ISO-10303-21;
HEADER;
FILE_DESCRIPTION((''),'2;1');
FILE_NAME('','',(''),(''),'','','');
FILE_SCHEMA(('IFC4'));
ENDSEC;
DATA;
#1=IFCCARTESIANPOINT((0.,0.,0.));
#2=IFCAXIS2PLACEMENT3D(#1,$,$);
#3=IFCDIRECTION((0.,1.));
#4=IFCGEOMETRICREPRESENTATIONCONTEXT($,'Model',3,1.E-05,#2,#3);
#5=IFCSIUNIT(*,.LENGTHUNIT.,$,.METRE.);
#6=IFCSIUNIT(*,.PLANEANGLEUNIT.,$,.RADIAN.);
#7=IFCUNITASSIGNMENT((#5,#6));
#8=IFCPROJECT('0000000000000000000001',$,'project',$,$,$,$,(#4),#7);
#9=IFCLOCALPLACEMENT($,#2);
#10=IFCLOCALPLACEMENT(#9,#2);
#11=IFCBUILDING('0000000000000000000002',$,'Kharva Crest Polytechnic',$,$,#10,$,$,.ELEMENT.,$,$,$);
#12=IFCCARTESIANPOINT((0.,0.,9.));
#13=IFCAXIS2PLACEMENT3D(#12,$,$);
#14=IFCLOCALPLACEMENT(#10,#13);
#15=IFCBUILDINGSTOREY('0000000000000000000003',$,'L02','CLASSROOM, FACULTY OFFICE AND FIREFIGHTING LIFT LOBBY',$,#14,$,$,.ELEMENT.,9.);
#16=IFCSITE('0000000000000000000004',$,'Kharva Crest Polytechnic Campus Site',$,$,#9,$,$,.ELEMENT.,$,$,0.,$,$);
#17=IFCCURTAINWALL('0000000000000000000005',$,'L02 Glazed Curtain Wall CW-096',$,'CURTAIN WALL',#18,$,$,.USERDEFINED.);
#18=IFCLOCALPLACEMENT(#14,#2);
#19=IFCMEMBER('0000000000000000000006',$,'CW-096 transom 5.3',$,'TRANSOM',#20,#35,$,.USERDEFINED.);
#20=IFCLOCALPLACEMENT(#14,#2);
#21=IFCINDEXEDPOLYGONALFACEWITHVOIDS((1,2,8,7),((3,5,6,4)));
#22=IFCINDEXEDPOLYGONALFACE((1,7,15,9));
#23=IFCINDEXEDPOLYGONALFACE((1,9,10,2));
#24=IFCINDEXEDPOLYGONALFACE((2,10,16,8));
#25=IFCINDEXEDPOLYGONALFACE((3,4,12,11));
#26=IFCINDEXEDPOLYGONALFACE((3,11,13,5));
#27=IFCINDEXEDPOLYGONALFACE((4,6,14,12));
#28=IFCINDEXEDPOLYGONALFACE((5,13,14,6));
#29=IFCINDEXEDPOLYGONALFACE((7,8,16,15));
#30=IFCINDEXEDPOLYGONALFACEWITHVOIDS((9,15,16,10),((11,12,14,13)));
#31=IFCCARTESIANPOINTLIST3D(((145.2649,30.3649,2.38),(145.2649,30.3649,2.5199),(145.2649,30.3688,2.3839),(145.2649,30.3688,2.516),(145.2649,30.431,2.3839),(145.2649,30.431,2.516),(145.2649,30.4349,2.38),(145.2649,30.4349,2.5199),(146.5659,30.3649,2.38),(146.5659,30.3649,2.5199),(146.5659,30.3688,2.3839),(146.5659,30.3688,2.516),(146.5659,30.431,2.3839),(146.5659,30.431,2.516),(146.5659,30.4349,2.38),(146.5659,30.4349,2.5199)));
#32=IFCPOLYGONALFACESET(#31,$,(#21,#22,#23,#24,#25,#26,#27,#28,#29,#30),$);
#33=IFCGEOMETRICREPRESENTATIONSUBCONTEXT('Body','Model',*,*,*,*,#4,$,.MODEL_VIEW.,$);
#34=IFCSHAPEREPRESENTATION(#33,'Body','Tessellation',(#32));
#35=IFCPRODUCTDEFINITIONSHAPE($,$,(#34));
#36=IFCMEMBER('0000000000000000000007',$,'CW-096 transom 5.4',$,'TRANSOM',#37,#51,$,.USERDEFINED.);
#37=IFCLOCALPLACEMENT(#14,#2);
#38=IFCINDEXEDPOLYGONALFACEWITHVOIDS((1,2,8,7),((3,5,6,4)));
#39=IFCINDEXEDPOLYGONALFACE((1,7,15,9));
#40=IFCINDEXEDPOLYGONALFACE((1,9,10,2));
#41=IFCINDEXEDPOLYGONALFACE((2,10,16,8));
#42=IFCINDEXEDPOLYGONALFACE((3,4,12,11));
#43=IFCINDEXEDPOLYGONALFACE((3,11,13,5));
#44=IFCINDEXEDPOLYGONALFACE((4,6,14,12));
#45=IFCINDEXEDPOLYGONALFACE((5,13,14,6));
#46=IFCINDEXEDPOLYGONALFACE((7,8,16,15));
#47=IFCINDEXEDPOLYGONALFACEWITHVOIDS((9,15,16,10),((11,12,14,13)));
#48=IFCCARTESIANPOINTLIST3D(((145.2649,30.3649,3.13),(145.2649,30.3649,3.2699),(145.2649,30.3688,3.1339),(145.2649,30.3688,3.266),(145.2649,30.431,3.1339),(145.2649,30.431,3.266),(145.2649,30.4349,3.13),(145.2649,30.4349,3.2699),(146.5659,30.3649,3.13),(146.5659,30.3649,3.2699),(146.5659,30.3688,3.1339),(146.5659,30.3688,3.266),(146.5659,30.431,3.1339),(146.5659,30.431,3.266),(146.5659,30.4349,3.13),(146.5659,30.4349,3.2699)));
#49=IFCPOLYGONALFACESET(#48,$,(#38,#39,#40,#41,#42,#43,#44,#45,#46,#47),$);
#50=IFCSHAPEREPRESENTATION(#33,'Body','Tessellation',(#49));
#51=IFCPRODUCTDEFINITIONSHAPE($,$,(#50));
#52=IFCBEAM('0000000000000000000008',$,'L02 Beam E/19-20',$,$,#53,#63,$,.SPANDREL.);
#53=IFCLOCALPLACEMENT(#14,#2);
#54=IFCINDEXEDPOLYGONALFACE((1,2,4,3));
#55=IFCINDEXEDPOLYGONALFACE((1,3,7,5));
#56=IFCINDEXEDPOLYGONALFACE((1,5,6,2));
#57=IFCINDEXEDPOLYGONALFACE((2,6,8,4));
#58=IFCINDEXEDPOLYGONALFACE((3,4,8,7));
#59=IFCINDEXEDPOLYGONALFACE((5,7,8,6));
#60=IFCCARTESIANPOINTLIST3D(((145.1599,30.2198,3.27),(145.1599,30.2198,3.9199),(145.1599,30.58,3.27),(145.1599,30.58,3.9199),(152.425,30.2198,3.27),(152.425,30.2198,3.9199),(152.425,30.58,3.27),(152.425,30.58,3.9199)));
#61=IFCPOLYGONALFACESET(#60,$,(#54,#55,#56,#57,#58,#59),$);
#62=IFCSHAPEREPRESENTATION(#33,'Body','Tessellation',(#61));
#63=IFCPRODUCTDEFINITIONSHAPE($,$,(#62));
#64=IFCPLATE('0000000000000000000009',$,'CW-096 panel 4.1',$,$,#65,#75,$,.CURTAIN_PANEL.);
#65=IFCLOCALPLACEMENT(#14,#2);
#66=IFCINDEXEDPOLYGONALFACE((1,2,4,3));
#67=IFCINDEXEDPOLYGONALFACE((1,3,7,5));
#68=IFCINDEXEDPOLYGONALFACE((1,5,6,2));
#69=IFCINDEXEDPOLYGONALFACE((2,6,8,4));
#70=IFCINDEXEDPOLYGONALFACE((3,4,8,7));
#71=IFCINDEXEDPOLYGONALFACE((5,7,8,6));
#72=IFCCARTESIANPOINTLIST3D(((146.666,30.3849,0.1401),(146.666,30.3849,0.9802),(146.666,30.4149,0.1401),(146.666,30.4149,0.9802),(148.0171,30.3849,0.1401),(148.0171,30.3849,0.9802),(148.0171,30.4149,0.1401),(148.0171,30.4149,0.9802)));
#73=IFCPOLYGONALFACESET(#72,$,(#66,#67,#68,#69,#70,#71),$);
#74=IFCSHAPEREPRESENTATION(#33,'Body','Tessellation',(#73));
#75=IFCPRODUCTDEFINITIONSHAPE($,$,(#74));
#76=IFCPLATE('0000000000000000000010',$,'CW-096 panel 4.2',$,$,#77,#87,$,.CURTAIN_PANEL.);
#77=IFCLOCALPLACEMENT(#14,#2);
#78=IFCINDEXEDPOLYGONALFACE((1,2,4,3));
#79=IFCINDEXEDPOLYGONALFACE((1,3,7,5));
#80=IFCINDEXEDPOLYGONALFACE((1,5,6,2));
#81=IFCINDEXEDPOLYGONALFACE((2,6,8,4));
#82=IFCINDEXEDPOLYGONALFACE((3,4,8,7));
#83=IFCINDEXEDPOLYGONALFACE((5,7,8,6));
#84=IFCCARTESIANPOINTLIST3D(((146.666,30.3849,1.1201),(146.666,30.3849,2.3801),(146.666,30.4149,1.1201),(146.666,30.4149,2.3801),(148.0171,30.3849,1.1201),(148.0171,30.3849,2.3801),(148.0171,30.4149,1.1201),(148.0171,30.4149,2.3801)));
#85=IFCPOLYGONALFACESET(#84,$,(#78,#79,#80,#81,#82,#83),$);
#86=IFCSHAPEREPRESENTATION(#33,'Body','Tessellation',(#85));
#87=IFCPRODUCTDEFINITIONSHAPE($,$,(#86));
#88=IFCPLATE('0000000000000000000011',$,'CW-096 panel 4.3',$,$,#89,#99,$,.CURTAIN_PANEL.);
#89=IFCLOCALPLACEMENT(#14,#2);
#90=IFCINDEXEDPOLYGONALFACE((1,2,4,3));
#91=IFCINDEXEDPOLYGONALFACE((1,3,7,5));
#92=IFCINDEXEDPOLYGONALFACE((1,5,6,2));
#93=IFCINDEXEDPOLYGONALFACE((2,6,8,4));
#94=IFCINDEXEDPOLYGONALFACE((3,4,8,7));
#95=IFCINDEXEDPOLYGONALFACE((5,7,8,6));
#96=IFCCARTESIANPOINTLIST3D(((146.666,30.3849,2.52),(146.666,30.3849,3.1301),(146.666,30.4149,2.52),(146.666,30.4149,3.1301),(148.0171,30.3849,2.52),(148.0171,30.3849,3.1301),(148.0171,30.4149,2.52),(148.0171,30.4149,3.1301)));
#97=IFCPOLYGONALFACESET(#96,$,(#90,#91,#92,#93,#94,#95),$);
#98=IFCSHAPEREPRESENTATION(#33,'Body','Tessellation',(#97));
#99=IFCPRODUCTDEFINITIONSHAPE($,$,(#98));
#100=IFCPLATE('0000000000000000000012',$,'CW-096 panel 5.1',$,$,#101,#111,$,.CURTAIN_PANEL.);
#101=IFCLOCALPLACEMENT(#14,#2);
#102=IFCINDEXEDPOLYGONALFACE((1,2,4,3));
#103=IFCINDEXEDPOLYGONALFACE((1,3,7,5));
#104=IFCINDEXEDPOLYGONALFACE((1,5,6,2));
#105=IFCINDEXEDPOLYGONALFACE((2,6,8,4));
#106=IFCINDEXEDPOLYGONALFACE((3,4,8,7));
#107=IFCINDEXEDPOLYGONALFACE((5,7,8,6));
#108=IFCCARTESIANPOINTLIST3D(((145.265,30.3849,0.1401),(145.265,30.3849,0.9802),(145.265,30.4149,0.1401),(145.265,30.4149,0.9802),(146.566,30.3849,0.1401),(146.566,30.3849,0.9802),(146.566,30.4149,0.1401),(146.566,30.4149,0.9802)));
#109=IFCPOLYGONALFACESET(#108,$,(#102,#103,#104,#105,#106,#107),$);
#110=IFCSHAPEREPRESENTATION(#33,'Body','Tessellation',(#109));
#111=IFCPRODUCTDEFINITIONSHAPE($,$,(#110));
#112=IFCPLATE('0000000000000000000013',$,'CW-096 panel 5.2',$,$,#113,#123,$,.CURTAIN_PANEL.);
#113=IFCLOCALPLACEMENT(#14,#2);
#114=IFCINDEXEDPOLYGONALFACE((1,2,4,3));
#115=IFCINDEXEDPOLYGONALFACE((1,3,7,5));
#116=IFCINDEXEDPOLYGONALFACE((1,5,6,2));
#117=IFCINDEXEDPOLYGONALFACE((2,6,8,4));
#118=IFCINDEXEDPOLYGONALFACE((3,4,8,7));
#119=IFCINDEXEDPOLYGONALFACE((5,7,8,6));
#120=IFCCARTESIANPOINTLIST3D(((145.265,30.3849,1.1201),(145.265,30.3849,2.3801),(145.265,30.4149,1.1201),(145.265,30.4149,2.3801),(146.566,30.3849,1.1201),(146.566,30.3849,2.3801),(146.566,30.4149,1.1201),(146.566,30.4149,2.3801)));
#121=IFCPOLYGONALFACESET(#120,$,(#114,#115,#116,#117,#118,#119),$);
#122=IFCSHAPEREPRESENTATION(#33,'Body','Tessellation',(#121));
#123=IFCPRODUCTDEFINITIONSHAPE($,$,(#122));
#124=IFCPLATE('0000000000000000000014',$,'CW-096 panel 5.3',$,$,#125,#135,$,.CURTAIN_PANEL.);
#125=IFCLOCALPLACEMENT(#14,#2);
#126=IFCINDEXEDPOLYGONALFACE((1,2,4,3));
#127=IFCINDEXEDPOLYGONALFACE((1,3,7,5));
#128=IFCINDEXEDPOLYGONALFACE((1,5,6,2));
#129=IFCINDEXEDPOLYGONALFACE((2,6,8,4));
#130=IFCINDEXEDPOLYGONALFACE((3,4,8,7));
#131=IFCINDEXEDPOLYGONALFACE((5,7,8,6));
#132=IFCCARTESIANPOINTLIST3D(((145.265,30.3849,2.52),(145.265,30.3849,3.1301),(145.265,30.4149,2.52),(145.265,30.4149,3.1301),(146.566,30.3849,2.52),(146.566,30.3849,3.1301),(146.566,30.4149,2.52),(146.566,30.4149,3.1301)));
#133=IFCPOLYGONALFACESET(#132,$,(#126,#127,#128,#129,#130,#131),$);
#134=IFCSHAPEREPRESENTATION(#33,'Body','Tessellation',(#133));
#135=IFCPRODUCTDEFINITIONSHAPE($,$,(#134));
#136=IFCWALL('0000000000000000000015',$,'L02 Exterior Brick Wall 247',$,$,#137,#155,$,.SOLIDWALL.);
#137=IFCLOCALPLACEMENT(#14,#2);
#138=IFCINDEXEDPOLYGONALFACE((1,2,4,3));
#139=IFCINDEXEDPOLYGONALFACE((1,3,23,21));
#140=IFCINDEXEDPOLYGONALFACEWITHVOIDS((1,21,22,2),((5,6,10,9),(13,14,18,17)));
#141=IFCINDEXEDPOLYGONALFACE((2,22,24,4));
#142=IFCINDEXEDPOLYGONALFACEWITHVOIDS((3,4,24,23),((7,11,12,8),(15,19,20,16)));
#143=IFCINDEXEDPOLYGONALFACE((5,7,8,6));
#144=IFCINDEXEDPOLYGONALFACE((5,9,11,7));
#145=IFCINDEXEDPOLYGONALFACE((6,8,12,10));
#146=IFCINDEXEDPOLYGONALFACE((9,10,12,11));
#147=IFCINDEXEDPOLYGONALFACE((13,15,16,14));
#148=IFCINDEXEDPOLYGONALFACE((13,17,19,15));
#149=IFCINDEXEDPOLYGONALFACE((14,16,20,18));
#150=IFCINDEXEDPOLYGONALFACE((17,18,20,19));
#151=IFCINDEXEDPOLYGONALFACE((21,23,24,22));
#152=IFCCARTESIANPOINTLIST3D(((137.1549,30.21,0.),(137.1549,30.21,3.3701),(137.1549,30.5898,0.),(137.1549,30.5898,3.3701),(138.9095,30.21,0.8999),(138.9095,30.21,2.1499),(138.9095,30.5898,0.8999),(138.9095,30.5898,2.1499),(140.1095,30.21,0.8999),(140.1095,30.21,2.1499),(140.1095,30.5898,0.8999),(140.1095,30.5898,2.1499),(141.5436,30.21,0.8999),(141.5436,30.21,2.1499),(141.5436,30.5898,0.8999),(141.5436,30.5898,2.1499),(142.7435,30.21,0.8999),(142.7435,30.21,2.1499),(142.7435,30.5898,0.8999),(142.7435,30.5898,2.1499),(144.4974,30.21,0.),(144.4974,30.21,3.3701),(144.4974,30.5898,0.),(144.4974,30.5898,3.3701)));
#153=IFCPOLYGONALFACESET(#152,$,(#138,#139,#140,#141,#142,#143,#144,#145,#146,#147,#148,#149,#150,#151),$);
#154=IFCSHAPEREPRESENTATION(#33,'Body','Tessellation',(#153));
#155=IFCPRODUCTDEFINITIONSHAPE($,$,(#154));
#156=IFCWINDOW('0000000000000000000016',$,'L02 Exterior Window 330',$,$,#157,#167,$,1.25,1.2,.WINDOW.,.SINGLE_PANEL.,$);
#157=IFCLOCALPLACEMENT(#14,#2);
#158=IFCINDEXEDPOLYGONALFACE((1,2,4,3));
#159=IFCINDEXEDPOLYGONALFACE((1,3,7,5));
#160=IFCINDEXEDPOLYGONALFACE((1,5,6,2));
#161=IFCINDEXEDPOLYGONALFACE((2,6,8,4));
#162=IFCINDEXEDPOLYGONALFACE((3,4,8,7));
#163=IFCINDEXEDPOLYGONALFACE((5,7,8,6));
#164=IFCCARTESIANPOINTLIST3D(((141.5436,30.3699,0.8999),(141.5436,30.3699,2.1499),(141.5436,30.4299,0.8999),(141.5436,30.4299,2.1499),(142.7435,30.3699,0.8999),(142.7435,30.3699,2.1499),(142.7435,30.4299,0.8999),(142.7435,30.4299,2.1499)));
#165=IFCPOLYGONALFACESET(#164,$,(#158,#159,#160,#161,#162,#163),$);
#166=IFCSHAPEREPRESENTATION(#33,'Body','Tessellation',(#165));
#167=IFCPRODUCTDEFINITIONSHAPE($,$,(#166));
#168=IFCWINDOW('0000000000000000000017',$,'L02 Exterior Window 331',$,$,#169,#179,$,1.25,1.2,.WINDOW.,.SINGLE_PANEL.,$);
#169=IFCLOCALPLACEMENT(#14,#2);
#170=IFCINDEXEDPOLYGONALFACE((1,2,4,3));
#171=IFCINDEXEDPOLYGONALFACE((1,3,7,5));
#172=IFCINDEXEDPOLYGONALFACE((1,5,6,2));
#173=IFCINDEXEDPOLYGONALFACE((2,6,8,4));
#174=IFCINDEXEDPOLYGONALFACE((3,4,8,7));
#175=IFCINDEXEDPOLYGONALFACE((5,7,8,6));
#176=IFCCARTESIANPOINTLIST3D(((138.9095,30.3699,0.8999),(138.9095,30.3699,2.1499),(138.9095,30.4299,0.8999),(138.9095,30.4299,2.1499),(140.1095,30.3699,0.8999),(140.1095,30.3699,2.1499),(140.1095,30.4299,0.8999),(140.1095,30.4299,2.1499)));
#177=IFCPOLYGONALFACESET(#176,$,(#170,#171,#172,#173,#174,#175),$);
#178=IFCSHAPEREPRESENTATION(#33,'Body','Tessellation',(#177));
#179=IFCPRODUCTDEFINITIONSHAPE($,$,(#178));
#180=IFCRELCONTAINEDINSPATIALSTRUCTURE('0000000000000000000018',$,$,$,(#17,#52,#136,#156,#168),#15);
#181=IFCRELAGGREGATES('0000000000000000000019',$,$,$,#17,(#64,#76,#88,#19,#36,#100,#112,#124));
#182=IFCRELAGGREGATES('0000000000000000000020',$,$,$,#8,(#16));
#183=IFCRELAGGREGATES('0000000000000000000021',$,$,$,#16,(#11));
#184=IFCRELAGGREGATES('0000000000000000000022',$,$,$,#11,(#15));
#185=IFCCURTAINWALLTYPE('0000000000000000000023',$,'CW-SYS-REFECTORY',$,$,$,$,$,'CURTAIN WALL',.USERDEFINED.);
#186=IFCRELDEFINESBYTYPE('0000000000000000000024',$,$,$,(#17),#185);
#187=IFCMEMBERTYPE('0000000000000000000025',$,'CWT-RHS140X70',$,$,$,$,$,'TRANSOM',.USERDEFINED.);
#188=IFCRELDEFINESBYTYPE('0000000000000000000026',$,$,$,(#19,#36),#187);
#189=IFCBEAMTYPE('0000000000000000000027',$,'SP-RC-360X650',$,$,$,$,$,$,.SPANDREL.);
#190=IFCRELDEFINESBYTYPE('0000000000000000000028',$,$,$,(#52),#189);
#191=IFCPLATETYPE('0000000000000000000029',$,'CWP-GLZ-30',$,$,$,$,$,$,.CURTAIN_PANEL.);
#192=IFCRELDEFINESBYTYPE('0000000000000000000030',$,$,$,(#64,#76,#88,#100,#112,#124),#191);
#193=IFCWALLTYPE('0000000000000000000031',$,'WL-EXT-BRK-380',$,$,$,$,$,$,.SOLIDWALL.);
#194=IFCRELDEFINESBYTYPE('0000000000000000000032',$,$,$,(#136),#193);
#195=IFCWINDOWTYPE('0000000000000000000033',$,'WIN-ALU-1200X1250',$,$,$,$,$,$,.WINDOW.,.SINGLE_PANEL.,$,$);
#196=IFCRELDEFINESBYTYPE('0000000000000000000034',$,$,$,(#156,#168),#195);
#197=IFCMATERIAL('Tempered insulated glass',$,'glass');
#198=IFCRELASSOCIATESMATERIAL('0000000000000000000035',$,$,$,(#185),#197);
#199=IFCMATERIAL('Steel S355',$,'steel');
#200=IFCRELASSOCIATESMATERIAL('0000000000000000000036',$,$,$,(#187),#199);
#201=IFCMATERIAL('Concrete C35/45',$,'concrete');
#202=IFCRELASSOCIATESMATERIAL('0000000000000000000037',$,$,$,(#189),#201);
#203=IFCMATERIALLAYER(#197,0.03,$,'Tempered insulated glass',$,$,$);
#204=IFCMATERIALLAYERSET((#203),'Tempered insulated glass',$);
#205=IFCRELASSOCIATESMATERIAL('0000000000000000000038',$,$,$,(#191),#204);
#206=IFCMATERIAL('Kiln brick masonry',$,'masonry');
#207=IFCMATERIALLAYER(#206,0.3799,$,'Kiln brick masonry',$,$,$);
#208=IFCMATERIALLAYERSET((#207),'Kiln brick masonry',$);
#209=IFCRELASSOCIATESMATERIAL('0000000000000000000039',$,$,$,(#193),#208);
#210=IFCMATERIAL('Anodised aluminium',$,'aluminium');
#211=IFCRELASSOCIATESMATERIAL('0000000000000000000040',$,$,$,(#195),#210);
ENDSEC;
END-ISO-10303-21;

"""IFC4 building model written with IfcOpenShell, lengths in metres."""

from ifc_helpers import new_model, si_unit, direction, frame, frame_2d, origin, origin_2d, place, context, subcontext, project, spatial, rectangle, hollow_rectangle, extrude, material, layer, layer_set, material_profile, profile_set, type_object, element, fill, aggregate, save


model = new_model("IFC4")

# Units and contexts
model_context = context("Model", 3, precision=1e-05, world=origin(), true_north=direction((0.0, 1.0)))
body_context = subcontext(model_context, "Body", "Model", "MODEL_VIEW")
ifc_project = project(units=[si_unit("LENGTHUNIT", "METRE"), si_unit("PLANEANGLEUNIT", "RADIAN")], contexts=[model_context])

# Site, building, storey
site_placement = place(None, origin())
site = spatial("IfcSite", under=ifc_project, at=site_placement, Name="Kharva Crest Polytechnic Campus Site", CompositionType="ELEMENT", RefElevation=0.0)
building_placement = place(site_placement, origin())
building = spatial("IfcBuilding", under=site, at=building_placement, Name="Kharva Crest Polytechnic", CompositionType="ELEMENT")
storey_placement = place(building_placement, frame((0.0, 0.0, 9.0)))
storey = spatial("IfcBuildingStorey", under=building, at=storey_placement, Name="L02", Description="CLASSROOM, FACULTY OFFICE AND FIREFIGHTING LIFT LOBBY", CompositionType="ELEMENT", Elevation=9.0)

# Shared definitions
ifc_material_1 = material(Name="Concrete C35/45", Category="concrete")

# Curtain wall, members
ifc_material_2 = material(Name="Tempered insulated glass", Category="glass")
curtain_wall_type = type_object("IfcCurtainWallType", Name="CW-SYS-REFECTORY", ElementType="CURTAIN WALL", PredefinedType="USERDEFINED", material=ifc_material_2)
curtain_wall_placement = place(storey_placement, origin())
curtain_wall = element("IfcCurtainWall", 1, at=curtain_wall_placement, inside=storey, type_object=curtain_wall_type, Name="L02 Glazed Curtain Wall CW-096", ObjectType="CURTAIN WALL", PredefinedType="USERDEFINED")
ifc_material_3 = material(Name="Steel S355", Category="steel")
ifc_material_profile_1 = material_profile(ifc_material_3, hollow_rectangle(XDim=0.0701, YDim=0.1399, WallThickness=0.0039, at=origin_2d()), Name="RHS 140X70X4.0")
ifc_profile_set_1 = profile_set([ifc_material_profile_1], Name="Steel S355")
member_type_1 = type_object("IfcMemberType", Name="CWT-RHS140X70", ElementType="TRANSOM", PredefinedType="USERDEFINED", material=ifc_profile_set_1)
member_1_placement = place(storey_placement, frame((146.5659, 30.3999, 2.45), z_axis=(-1.0, 0.0, 0.0), x_axis=(0.0, -1.0, 0.0)))
member_1 = element("IfcMember", 2, at=member_1_placement, type_object=member_type_1, Name="CW-096 transom 5.3", ObjectType="TRANSOM", PredefinedType="USERDEFINED", context=body_context, shape_type="SweptSolid", body=[
    extrude(hollow_rectangle(XDim=0.0701, YDim=0.1399, WallThickness=0.0039, at=origin_2d()), origin(), (0.0, 0.0, 1.0), 1.301),
])
member_2_placement = place(storey_placement, frame((146.5659, 30.3999, 3.2), z_axis=(-1.0, 0.0, 0.0), x_axis=(0.0, -1.0, 0.0)))
member_2 = element("IfcMember", 3, at=member_2_placement, type_object=member_type_1, Name="CW-096 transom 5.4", ObjectType="TRANSOM", PredefinedType="USERDEFINED", context=body_context, shape_type="SweptSolid", body=[
    extrude(hollow_rectangle(XDim=0.0701, YDim=0.1399, WallThickness=0.0039, at=origin_2d()), origin(), (0.0, 0.0, 1.0), 1.301),
])

# Beam
ifc_material_profile_2 = material_profile(ifc_material_1, rectangle(XDim=0.3601, YDim=0.6499, at=origin_2d()), Name="RECT 360 X 650")
ifc_profile_set_2 = profile_set([ifc_material_profile_2], Name="Concrete C35/45")
beam_type_1 = type_object("IfcBeamType", Name="SP-RC-360X650", PredefinedType="SPANDREL", material=ifc_profile_set_2)
beam_1_placement = place(storey_placement, frame((145.1599, 30.3999, 3.595), z_axis=(1.0, 0.0, 0.0), x_axis=(0.0, 1.0, 0.0)))
element("IfcBeam", 4, at=beam_1_placement, inside=storey, type_object=beam_type_1, Name="L02 Beam E/19-20", PredefinedType="SPANDREL", context=body_context, shape_type="SweptSolid", body=[
    extrude(rectangle(XDim=0.3601, YDim=0.6499, at=origin_2d()), origin(), (0.0, 0.0, 1.0), 7.2651),
])

# Plates
ifc_layer_1 = layer(ifc_material_2, 0.03, Name="Tempered insulated glass")
ifc_layer_set_1 = layer_set([ifc_layer_1], Name="Tempered insulated glass")
plate_type = type_object("IfcPlateType", Name="CWP-GLZ-30", PredefinedType="CURTAIN_PANEL", material=ifc_layer_set_1)
plate_1_placement = place(storey_placement, frame((147.3416, 30.3999, 0.1401), z_axis=(0.0, 0.0, 1.0), x_axis=(-1.0, 0.0, 0.0)))
plate_1 = element("IfcPlate", 5, at=plate_1_placement, type_object=plate_type, Name="CW-096 panel 4.1", PredefinedType="CURTAIN_PANEL", context=body_context, shape_type="SweptSolid", body=[
    extrude(rectangle(XDim=1.3511, YDim=0.03, at=origin_2d()), origin(), (0.0, 0.0, 1.0), 0.8401),
])
plate_2_placement = place(storey_placement, frame((147.3416, 30.3999, 1.1201), z_axis=(0.0, 0.0, 1.0), x_axis=(-1.0, 0.0, 0.0)))
plate_2 = element("IfcPlate", 6, at=plate_2_placement, type_object=plate_type, Name="CW-096 panel 4.2", PredefinedType="CURTAIN_PANEL", context=body_context, shape_type="SweptSolid", body=[
    extrude(rectangle(XDim=1.3511, YDim=0.03, at=origin_2d()), origin(), (0.0, 0.0, 1.0), 1.26),
])
plate_3_placement = place(storey_placement, frame((147.3416, 30.3999, 2.52), z_axis=(0.0, 0.0, 1.0), x_axis=(-1.0, 0.0, 0.0)))
plate_3 = element("IfcPlate", 7, at=plate_3_placement, type_object=plate_type, Name="CW-096 panel 4.3", PredefinedType="CURTAIN_PANEL", context=body_context, shape_type="SweptSolid", body=[
    extrude(rectangle(XDim=1.3511, YDim=0.03, at=origin_2d()), origin(), (0.0, 0.0, 1.0), 0.6101),
])
plate_4_placement = place(storey_placement, frame((145.9155, 30.3999, 0.1401), z_axis=(0.0, 0.0, 1.0), x_axis=(-1.0, 0.0, 0.0)))
plate_4 = element("IfcPlate", 8, at=plate_4_placement, type_object=plate_type, Name="CW-096 panel 5.1", PredefinedType="CURTAIN_PANEL", context=body_context, shape_type="SweptSolid", body=[
    extrude(rectangle(XDim=1.301, YDim=0.03, at=origin_2d()), origin(), (0.0, 0.0, 1.0), 0.8401),
])
plate_5_placement = place(storey_placement, frame((145.9155, 30.3999, 1.1201), z_axis=(0.0, 0.0, 1.0), x_axis=(-1.0, 0.0, 0.0)))
plate_5 = element("IfcPlate", 9, at=plate_5_placement, type_object=plate_type, Name="CW-096 panel 5.2", PredefinedType="CURTAIN_PANEL", context=body_context, shape_type="SweptSolid", body=[
    extrude(rectangle(XDim=1.301, YDim=0.03, at=origin_2d()), origin(), (0.0, 0.0, 1.0), 1.26),
])
plate_6_placement = place(storey_placement, frame((145.9155, 30.3999, 2.52), z_axis=(0.0, 0.0, 1.0), x_axis=(-1.0, 0.0, 0.0)))
plate_6 = element("IfcPlate", 10, at=plate_6_placement, type_object=plate_type, Name="CW-096 panel 5.3", PredefinedType="CURTAIN_PANEL", context=body_context, shape_type="SweptSolid", body=[
    extrude(rectangle(XDim=1.301, YDim=0.03, at=origin_2d()), origin(), (0.0, 0.0, 1.0), 0.6101),
])
aggregate(curtain_wall, [plate_1, plate_2, plate_3, member_1, member_2, plate_4, plate_5, plate_6])

# Wall, openings, windows
ifc_material_4 = material(Name="Kiln brick masonry", Category="masonry")
ifc_layer_2 = layer(ifc_material_4, 0.3799, Name="Kiln brick masonry")
ifc_layer_set_2 = layer_set([ifc_layer_2], Name="Kiln brick masonry")
wall_type = type_object("IfcWallType", Name="WL-EXT-BRK-380", PredefinedType="SOLIDWALL", material=ifc_layer_set_2)
wall_placement = place(storey_placement, frame((144.4976, 30.3999, 0.0), z_axis=(0.0, 0.0, 1.0), x_axis=(-1.0, 0.0, 0.0)))
wall = element("IfcWall", 11, at=wall_placement, inside=storey, type_object=wall_type, Name="L02 Exterior Brick Wall 247", PredefinedType="SOLIDWALL", context=body_context, shape_type="SweptSolid", body=[
    extrude(rectangle(XDim=7.3425, YDim=0.3799, at=frame_2d((3.6714, 0.0))), origin(), (0.0, 0.0, 1.0), 3.3701),
])
opening_1_placement = place(wall_placement, frame((1.7539, 0.0, 0.8999)))
opening_1 = element("IfcOpeningElement", 12, at=opening_1_placement, cuts=wall, PredefinedType="OPENING", context=body_context, shape_type="SweptSolid", body=[
    extrude(rectangle(XDim=1.2, YDim=1.25, at=frame_2d((0.6001, 0.625))), frame((0.0, 0.2, 0.0), z_axis=(0.0, -1.0, 0.0), x_axis=(1.0, 0.0, 0.0)), (0.0, 0.0, 1.0), 0.3999),
])
opening_2_placement = place(wall_placement, frame((4.3879, 0.0, 0.8999)))
opening_2 = element("IfcOpeningElement", 13, at=opening_2_placement, cuts=wall, PredefinedType="OPENING", context=body_context, shape_type="SweptSolid", body=[
    extrude(rectangle(XDim=1.2, YDim=1.25, at=frame_2d((0.6001, 0.625))), frame((0.0, 0.2, 0.0), z_axis=(0.0, -1.0, 0.0), x_axis=(1.0, 0.0, 0.0)), (0.0, 0.0, 1.0), 0.3999),
])
ifc_material_5 = material(Name="Anodised aluminium", Category="aluminium")
window_type = type_object("IfcWindowType", Name="WIN-ALU-1200X1250", PartitioningType="SINGLE_PANEL", PredefinedType="WINDOW", material=ifc_material_5)
window_1_placement = place(opening_1_placement, origin())
window_1 = element("IfcWindow", 14, at=window_1_placement, inside=storey, type_object=window_type, Name="L02 Exterior Window 330", OverallHeight=1.25, OverallWidth=1.2, PartitioningType="SINGLE_PANEL", PredefinedType="WINDOW", context=body_context, shape_type="SweptSolid", body=[
    extrude(rectangle(XDim=1.2, YDim=1.25, at=frame_2d((0.6001, 0.625))), frame((0.0, 0.03, 0.0), z_axis=(0.0, -1.0, 0.0), x_axis=(1.0, 0.0, 0.0)), (0.0, 0.0, 1.0), 0.0601),
])
fill(opening_1, window_1)
window_2_placement = place(opening_2_placement, origin())
window_2 = element("IfcWindow", 15, at=window_2_placement, inside=storey, type_object=window_type, Name="L02 Exterior Window 331", OverallHeight=1.25, OverallWidth=1.2, PartitioningType="SINGLE_PANEL", PredefinedType="WINDOW", context=body_context, shape_type="SweptSolid", body=[
    extrude(rectangle(XDim=1.2, YDim=1.25, at=frame_2d((0.6001, 0.625))), frame((0.0, 0.03, 0.0), z_axis=(0.0, -1.0, 0.0), x_axis=(1.0, 0.0, 0.0)), (0.0, 0.0, 1.0), 0.0601),
])
fill(opening_2, window_2)

save(model, "model.ifc")
